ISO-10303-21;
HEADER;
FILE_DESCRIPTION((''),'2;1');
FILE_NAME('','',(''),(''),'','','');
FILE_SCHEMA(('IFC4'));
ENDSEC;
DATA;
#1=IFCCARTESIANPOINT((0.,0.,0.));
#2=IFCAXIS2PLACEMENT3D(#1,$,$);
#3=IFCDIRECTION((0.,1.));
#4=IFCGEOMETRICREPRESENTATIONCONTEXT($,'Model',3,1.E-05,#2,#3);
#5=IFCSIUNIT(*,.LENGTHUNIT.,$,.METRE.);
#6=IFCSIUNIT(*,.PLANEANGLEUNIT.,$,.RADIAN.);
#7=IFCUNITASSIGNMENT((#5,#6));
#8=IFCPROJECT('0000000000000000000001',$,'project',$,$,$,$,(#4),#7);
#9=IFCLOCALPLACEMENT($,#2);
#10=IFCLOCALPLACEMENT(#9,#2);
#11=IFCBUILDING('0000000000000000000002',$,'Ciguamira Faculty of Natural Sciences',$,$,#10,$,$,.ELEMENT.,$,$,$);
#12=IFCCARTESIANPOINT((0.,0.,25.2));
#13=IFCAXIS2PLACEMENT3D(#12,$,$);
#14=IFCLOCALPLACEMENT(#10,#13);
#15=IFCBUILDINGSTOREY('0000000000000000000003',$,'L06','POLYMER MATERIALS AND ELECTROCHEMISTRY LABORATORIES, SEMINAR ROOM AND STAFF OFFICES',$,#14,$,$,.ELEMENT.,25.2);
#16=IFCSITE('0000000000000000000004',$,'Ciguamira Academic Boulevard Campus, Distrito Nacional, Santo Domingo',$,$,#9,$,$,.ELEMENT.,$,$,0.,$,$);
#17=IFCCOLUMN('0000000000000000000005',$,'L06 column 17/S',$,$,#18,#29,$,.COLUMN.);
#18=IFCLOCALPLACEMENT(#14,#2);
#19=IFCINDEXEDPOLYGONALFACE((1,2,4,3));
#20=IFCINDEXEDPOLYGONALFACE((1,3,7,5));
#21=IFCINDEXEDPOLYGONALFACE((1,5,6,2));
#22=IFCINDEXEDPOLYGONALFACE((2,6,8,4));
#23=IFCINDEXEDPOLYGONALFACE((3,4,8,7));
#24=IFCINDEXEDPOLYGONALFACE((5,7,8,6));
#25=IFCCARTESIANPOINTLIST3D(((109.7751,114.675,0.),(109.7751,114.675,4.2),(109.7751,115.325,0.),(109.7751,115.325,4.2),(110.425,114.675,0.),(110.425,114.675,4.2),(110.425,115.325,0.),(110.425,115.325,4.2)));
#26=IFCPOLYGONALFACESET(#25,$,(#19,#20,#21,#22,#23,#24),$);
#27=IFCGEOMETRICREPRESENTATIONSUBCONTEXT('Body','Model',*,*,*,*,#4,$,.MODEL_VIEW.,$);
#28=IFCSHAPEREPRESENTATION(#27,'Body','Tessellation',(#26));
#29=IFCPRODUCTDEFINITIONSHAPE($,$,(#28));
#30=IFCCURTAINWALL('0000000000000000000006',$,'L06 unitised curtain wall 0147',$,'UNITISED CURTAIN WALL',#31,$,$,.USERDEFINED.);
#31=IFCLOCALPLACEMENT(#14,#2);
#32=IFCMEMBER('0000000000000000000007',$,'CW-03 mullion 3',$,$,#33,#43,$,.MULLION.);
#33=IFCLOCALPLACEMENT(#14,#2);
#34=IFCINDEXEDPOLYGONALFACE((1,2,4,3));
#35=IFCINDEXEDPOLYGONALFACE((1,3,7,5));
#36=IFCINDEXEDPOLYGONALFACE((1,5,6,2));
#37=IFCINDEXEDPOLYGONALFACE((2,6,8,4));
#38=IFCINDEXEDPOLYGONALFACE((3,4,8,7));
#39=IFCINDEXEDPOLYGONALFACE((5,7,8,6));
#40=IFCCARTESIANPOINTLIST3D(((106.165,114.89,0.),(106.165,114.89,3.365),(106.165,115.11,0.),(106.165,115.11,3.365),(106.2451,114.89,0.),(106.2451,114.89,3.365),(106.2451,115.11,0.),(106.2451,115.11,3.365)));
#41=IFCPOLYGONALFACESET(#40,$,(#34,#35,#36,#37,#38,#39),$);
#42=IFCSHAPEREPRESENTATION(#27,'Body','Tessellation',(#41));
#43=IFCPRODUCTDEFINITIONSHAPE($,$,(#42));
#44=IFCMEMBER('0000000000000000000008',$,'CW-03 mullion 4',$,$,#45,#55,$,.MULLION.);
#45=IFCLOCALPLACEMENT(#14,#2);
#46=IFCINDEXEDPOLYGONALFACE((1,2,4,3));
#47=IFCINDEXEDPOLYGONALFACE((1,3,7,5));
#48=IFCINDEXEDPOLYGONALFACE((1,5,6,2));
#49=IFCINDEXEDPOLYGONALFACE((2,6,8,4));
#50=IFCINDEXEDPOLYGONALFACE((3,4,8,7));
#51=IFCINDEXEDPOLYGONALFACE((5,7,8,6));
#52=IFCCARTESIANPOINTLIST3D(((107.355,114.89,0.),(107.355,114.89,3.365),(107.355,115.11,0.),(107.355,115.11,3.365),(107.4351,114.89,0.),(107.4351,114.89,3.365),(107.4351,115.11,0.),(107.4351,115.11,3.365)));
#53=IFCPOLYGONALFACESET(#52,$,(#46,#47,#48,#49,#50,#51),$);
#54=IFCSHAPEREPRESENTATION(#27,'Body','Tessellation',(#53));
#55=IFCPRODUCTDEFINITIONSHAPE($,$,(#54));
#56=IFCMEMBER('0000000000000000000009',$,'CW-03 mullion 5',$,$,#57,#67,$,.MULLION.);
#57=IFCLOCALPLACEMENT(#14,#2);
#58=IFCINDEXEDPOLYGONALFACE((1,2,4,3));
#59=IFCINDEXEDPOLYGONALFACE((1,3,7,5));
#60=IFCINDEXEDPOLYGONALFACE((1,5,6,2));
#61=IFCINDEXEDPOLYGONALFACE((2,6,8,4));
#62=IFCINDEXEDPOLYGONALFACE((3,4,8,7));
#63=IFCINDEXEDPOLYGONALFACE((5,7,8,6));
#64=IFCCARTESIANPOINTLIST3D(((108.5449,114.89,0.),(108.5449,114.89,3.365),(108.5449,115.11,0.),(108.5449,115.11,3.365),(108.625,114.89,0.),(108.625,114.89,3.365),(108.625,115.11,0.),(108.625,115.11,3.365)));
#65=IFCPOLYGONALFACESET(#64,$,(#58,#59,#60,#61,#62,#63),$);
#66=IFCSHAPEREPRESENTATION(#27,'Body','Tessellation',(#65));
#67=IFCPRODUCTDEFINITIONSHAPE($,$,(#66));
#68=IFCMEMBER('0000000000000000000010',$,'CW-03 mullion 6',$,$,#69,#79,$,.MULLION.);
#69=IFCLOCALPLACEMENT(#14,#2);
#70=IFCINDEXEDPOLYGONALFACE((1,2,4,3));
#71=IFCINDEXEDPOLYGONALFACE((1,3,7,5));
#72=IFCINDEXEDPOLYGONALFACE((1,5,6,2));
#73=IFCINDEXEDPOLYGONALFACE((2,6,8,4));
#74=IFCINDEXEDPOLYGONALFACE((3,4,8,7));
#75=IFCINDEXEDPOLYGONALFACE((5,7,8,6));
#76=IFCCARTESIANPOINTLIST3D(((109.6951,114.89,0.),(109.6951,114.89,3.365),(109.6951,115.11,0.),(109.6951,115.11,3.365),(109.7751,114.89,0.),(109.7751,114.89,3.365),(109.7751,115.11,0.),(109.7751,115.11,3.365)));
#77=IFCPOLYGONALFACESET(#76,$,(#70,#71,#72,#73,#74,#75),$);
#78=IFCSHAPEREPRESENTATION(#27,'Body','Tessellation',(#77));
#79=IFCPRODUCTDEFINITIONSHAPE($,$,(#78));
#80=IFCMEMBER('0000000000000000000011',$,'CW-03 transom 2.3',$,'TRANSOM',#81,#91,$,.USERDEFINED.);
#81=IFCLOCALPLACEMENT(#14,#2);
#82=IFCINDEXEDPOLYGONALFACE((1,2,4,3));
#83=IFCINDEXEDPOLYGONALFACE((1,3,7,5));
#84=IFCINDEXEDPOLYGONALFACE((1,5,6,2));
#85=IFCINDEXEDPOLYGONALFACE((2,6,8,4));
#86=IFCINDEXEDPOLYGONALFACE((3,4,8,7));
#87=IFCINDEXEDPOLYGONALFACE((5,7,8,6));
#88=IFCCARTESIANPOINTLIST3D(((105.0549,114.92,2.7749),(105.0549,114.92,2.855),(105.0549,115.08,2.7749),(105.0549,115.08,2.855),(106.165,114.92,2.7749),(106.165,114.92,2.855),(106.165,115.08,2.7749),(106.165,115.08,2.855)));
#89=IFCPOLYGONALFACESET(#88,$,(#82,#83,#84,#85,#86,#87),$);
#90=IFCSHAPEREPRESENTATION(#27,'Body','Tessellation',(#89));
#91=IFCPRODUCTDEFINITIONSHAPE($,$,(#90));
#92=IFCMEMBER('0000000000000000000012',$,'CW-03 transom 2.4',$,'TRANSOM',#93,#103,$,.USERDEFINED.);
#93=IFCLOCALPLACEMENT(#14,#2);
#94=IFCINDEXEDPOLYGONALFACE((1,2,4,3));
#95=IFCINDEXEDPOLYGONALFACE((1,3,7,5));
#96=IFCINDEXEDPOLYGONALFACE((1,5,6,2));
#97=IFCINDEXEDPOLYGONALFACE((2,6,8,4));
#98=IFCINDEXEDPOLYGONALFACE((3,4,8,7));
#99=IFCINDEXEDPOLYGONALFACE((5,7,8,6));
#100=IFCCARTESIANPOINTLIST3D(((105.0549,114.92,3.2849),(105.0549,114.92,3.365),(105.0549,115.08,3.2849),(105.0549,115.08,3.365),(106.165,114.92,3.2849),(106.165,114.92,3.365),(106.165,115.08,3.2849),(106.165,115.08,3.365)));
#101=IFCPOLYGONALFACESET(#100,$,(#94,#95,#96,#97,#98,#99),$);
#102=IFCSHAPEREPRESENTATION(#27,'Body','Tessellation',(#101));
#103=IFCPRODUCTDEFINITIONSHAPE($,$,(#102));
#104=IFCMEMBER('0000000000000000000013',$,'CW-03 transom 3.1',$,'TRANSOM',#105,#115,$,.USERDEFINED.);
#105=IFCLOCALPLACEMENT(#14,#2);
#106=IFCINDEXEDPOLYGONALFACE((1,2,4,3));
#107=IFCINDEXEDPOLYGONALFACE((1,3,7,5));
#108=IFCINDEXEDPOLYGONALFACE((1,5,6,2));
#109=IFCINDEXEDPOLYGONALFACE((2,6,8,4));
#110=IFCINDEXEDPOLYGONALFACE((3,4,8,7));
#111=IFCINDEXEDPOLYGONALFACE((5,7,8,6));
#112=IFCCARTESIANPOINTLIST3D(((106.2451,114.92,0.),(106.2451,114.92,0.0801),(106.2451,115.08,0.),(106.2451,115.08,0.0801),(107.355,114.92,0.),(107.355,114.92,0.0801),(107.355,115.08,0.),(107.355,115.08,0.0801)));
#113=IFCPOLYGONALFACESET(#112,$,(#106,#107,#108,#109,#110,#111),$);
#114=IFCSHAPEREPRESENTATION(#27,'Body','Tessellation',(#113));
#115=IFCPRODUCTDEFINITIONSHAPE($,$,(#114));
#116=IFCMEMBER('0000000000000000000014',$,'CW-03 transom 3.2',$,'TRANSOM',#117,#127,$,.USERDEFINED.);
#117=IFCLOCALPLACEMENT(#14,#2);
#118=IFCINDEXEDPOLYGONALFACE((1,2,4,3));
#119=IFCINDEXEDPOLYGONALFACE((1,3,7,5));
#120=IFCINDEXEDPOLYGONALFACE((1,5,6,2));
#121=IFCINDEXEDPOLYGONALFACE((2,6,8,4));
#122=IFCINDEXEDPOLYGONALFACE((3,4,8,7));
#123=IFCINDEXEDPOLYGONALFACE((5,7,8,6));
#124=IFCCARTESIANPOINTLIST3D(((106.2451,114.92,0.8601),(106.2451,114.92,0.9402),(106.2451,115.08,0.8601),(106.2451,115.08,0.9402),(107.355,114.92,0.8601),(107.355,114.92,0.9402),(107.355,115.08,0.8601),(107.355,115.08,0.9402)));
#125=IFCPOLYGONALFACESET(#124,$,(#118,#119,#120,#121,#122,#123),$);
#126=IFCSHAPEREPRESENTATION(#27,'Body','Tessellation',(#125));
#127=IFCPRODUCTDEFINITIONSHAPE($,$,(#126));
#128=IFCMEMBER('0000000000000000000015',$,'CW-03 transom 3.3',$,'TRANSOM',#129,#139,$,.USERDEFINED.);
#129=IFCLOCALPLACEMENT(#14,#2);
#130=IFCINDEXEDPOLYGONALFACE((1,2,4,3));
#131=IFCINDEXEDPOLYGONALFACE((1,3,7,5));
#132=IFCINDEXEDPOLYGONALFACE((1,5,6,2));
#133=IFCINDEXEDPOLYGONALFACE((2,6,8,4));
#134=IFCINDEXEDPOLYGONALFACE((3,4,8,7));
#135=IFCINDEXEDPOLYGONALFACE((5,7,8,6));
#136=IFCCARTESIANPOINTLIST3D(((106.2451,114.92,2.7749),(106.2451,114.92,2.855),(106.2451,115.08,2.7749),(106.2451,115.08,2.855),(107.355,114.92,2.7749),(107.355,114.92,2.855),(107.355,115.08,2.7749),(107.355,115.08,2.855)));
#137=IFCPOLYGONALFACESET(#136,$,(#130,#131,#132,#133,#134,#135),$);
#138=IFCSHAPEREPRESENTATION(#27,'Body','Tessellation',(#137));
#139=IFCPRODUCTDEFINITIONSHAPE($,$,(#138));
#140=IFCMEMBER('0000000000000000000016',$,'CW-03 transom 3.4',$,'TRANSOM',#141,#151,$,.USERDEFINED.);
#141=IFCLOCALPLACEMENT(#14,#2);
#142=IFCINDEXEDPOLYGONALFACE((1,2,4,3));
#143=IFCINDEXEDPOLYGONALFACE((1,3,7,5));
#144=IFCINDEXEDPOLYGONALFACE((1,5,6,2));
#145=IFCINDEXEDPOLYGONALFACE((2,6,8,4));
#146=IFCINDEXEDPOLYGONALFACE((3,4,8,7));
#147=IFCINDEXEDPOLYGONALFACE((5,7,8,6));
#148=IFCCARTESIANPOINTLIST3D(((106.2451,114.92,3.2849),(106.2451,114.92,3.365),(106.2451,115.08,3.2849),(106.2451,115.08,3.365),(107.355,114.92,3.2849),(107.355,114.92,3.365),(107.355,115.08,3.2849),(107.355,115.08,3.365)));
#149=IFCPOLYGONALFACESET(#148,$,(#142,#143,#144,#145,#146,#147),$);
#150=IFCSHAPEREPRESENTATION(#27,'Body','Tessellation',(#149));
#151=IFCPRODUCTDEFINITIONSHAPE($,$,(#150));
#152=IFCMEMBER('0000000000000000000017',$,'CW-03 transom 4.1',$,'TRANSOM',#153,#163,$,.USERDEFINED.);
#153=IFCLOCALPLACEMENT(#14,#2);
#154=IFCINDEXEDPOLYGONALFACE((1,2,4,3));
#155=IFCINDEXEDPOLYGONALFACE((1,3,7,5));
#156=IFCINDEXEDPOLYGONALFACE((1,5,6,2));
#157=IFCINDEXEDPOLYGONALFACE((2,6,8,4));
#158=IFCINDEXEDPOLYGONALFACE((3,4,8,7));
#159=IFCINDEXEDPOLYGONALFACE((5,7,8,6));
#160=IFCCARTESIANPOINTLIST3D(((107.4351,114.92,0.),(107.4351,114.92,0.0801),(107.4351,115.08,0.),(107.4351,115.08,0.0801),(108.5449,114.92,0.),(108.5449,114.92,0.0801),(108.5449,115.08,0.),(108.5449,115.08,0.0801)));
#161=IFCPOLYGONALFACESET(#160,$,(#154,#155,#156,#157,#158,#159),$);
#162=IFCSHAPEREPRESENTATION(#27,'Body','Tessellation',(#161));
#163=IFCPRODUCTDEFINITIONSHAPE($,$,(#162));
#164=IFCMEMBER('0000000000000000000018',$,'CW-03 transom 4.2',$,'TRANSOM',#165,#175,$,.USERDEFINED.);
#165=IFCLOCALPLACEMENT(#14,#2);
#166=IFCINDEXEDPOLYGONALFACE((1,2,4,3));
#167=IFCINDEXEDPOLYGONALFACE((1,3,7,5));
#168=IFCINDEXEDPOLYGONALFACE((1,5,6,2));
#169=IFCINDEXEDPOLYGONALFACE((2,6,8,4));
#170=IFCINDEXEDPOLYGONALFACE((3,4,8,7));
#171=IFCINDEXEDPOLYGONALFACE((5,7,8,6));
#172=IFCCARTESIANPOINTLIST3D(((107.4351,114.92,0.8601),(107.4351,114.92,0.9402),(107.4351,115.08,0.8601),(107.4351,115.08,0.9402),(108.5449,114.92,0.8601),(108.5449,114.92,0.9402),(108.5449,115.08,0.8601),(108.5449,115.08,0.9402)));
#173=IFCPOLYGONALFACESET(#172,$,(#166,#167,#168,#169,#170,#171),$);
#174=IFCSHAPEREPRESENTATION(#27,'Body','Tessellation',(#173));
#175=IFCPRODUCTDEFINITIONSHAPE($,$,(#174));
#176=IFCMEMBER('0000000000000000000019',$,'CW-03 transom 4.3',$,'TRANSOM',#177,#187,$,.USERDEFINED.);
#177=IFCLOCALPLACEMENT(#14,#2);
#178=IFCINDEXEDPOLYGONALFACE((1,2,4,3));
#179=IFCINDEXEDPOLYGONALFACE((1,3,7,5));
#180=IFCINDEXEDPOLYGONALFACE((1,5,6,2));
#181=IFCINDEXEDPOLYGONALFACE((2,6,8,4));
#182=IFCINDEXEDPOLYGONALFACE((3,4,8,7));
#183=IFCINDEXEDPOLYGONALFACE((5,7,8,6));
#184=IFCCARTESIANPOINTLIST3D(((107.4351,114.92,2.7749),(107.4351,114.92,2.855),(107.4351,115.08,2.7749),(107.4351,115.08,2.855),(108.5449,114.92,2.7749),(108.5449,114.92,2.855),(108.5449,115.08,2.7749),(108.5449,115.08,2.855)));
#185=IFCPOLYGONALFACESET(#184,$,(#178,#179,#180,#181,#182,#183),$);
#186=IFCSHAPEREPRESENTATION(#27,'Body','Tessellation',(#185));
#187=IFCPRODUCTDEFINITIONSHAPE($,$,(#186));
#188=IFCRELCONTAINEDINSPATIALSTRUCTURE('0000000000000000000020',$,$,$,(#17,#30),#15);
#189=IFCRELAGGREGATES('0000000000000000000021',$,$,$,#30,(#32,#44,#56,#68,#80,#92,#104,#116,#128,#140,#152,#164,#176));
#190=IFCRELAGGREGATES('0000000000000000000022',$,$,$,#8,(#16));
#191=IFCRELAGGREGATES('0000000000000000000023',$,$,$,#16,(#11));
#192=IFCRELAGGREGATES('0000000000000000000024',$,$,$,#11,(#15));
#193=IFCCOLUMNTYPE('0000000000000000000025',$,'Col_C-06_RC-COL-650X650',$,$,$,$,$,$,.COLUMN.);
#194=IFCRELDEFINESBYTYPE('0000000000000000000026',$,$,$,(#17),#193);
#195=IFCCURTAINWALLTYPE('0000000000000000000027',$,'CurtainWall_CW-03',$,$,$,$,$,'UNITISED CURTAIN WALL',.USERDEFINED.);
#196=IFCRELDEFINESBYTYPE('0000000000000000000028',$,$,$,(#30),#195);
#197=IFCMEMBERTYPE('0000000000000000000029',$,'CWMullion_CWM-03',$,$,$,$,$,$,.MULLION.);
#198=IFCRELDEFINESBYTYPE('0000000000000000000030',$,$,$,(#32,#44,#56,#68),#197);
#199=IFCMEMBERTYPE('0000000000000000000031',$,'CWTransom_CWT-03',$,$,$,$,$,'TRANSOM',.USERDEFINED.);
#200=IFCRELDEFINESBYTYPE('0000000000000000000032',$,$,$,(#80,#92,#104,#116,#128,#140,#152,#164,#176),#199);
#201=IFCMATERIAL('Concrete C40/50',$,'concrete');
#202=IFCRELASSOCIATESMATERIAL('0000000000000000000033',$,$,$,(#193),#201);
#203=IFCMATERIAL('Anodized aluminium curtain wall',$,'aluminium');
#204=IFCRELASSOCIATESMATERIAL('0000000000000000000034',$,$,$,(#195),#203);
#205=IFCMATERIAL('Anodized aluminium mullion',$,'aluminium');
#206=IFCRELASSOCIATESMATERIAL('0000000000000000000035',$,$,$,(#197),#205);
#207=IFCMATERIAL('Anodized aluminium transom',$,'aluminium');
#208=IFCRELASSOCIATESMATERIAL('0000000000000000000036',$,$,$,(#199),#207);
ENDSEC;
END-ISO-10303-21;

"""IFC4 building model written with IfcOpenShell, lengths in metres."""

from ifc_helpers import new_model, si_unit, direction, frame, origin, origin_2d, place, context, subcontext, project, spatial, rectangle, extrude, material, material_profile, profile_set, type_object, element, aggregate, save


model = new_model("IFC4")

# Units and contexts
model_context = context("Model", 3, precision=1e-05, world=origin(), true_north=direction((0.0, 1.0)))
body_context = subcontext(model_context, "Body", "Model", "MODEL_VIEW")
ifc_project = project(units=[si_unit("LENGTHUNIT", "METRE"), si_unit("PLANEANGLEUNIT", "RADIAN")], contexts=[model_context])

# Site, building, storey
site_placement = place(None, origin())
site = spatial("IfcSite", under=ifc_project, at=site_placement, Name="Ciguamira Academic Boulevard Campus, Distrito Nacional, Santo Domingo", CompositionType="ELEMENT", RefElevation=0.0)
building_placement = place(site_placement, origin())
building = spatial("IfcBuilding", under=site, at=building_placement, Name="Ciguamira Faculty of Natural Sciences", CompositionType="ELEMENT")
storey_placement = place(building_placement, frame((0.0, 0.0, 25.2)))
storey = spatial("IfcBuildingStorey", under=building, at=storey_placement, Name="L06", Description="POLYMER MATERIALS AND ELECTROCHEMISTRY LABORATORIES, SEMINAR ROOM AND STAFF OFFICES", CompositionType="ELEMENT", Elevation=25.2)

# Column
ifc_material_1 = material(Name="Concrete C40/50", Category="concrete")
ifc_material_profile_1 = material_profile(ifc_material_1, rectangle(XDim=0.6499, YDim=0.6499, at=origin_2d()), Name="RC-COL-650X650")
ifc_profile_set_1 = profile_set([ifc_material_profile_1], Name="Concrete C40/50")
column_type = type_object("IfcColumnType", Name="Col_C-06_RC-COL-650X650", PredefinedType="COLUMN", material=ifc_profile_set_1)
column_placement = place(storey_placement, frame((110.1001, 115.0, 0.0), z_axis=(0.0, 0.0, 1.0), x_axis=(1.0, 0.0, 0.0)))
element("IfcColumn", 1, at=column_placement, inside=storey, type_object=column_type, Name="L06 column 17/S", PredefinedType="COLUMN", context=body_context, shape_type="SweptSolid", body=[
    extrude(rectangle(XDim=0.6499, YDim=0.6499, at=origin_2d()), origin(), (0.0, 0.0, 1.0), 4.2),
])

# Curtain wall, members
ifc_material_2 = material(Name="Anodized aluminium curtain wall", Category="aluminium")
curtain_wall_type = type_object("IfcCurtainWallType", Name="CurtainWall_CW-03", ElementType="UNITISED CURTAIN WALL", PredefinedType="USERDEFINED", material=ifc_material_2)
curtain_wall_placement = place(storey_placement, origin())
curtain_wall = element("IfcCurtainWall", 2, at=curtain_wall_placement, inside=storey, type_object=curtain_wall_type, Name="L06 unitised curtain wall 0147", ObjectType="UNITISED CURTAIN WALL", PredefinedType="USERDEFINED")
ifc_material_3 = material(Name="Anodized aluminium mullion", Category="aluminium")
ifc_material_profile_2 = material_profile(ifc_material_3, rectangle(XDim=0.0801, YDim=0.22, at=origin_2d()), Name="ALU-MUL-80X220")
ifc_profile_set_2 = profile_set([ifc_material_profile_2], Name="Anodized aluminium mullion")
member_type_1 = type_object("IfcMemberType", Name="CWMullion_CWM-03", PredefinedType="MULLION", material=ifc_profile_set_2)
member_1_placement = place(storey_placement, frame((106.2051, 115.0, 0.0), z_axis=(0.0, 0.0, 1.0), x_axis=(1.0, 0.0, 0.0)))
member_1 = element("IfcMember", 3, at=member_1_placement, type_object=member_type_1, Name="CW-03 mullion 3", PredefinedType="MULLION", context=body_context, shape_type="SweptSolid", body=[
    extrude(rectangle(XDim=0.0801, YDim=0.22, at=origin_2d()), origin(), (0.0, 0.0, 1.0), 3.365),
])
member_2_placement = place(storey_placement, frame((107.395, 115.0, 0.0), z_axis=(0.0, 0.0, 1.0), x_axis=(1.0, 0.0, 0.0)))
member_2 = element("IfcMember", 4, at=member_2_placement, type_object=member_type_1, Name="CW-03 mullion 4", PredefinedType="MULLION", context=body_context, shape_type="SweptSolid", body=[
    extrude(rectangle(XDim=0.0801, YDim=0.22, at=origin_2d()), origin(), (0.0, 0.0, 1.0), 3.365),
])
member_3_placement = place(storey_placement, frame((108.585, 115.0, 0.0), z_axis=(0.0, 0.0, 1.0), x_axis=(1.0, 0.0, 0.0)))
member_3 = element("IfcMember", 5, at=member_3_placement, type_object=member_type_1, Name="CW-03 mullion 5", PredefinedType="MULLION", context=body_context, shape_type="SweptSolid", body=[
    extrude(rectangle(XDim=0.0801, YDim=0.22, at=origin_2d()), origin(), (0.0, 0.0, 1.0), 3.365),
])
member_4_placement = place(storey_placement, frame((109.7351, 115.0, 0.0), z_axis=(0.0, 0.0, 1.0), x_axis=(1.0, 0.0, 0.0)))
member_4 = element("IfcMember", 6, at=member_4_placement, type_object=member_type_1, Name="CW-03 mullion 6", PredefinedType="MULLION", context=body_context, shape_type="SweptSolid", body=[
    extrude(rectangle(XDim=0.0801, YDim=0.22, at=origin_2d()), origin(), (0.0, 0.0, 1.0), 3.365),
])
ifc_material_4 = material(Name="Anodized aluminium transom", Category="aluminium")
ifc_material_profile_3 = material_profile(ifc_material_4, rectangle(XDim=0.0801, YDim=0.1599, at=origin_2d()), Name="ALU-TRN-80X160")
ifc_profile_set_3 = profile_set([ifc_material_profile_3], Name="Anodized aluminium transom")
member_type_2 = type_object("IfcMemberType", Name="CWTransom_CWT-03", ElementType="TRANSOM", PredefinedType="USERDEFINED", material=ifc_profile_set_3)
member_5_placement = place(storey_placement, frame((105.0549, 115.0, 2.8149), z_axis=(1.0, 0.0, 0.0), x_axis=(0.0, 0.0, 1.0)))
member_5 = element("IfcMember", 7, at=member_5_placement, type_object=member_type_2, Name="CW-03 transom 2.3", ObjectType="TRANSOM", PredefinedType="USERDEFINED", context=body_context, shape_type="SweptSolid", body=[
    extrude(rectangle(XDim=0.0801, YDim=0.1599, at=origin_2d()), origin(), (0.0, 0.0, 1.0), 1.1101),
])
member_6_placement = place(storey_placement, frame((105.0549, 115.0, 3.325), z_axis=(1.0, 0.0, 0.0), x_axis=(0.0, 0.0, 1.0)))
member_6 = element("IfcMember", 8, at=member_6_placement, type_object=member_type_2, Name="CW-03 transom 2.4", ObjectType="TRANSOM", PredefinedType="USERDEFINED", context=body_context, shape_type="SweptSolid", body=[
    extrude(rectangle(XDim=0.0801, YDim=0.1599, at=origin_2d()), origin(), (0.0, 0.0, 1.0), 1.1101),
])
member_7_placement = place(storey_placement, frame((106.2451, 115.0, 0.04), z_axis=(1.0, 0.0, 0.0), x_axis=(0.0, 0.0, 1.0)))
member_7 = element("IfcMember", 9, at=member_7_placement, type_object=member_type_2, Name="CW-03 transom 3.1", ObjectType="TRANSOM", PredefinedType="USERDEFINED", context=body_context, shape_type="SweptSolid", body=[
    extrude(rectangle(XDim=0.0801, YDim=0.1599, at=origin_2d()), origin(), (0.0, 0.0, 1.0), 1.1099),
])
member_8_placement = place(storey_placement, frame((106.2451, 115.0, 0.9001), z_axis=(1.0, 0.0, 0.0), x_axis=(0.0, 0.0, 1.0)))
member_8 = element("IfcMember", 10, at=member_8_placement, type_object=member_type_2, Name="CW-03 transom 3.2", ObjectType="TRANSOM", PredefinedType="USERDEFINED", context=body_context, shape_type="SweptSolid", body=[
    extrude(rectangle(XDim=0.0801, YDim=0.1599, at=origin_2d()), origin(), (0.0, 0.0, 1.0), 1.1099),
])
member_9_placement = place(storey_placement, frame((106.2451, 115.0, 2.8149), z_axis=(1.0, 0.0, 0.0), x_axis=(0.0, 0.0, 1.0)))
member_9 = element("IfcMember", 11, at=member_9_placement, type_object=member_type_2, Name="CW-03 transom 3.3", ObjectType="TRANSOM", PredefinedType="USERDEFINED", context=body_context, shape_type="SweptSolid", body=[
    extrude(rectangle(XDim=0.0801, YDim=0.1599, at=origin_2d()), origin(), (0.0, 0.0, 1.0), 1.1099),
])
member_10_placement = place(storey_placement, frame((106.2451, 115.0, 3.325), z_axis=(1.0, 0.0, 0.0), x_axis=(0.0, 0.0, 1.0)))
member_10 = element("IfcMember", 12, at=member_10_placement, type_object=member_type_2, Name="CW-03 transom 3.4", ObjectType="TRANSOM", PredefinedType="USERDEFINED", context=body_context, shape_type="SweptSolid", body=[
    extrude(rectangle(XDim=0.0801, YDim=0.1599, at=origin_2d()), origin(), (0.0, 0.0, 1.0), 1.1099),
])
member_11_placement = place(storey_placement, frame((107.4351, 115.0, 0.04), z_axis=(1.0, 0.0, 0.0), x_axis=(0.0, 0.0, 1.0)))
member_11 = element("IfcMember", 13, at=member_11_placement, type_object=member_type_2, Name="CW-03 transom 4.1", ObjectType="TRANSOM", PredefinedType="USERDEFINED", context=body_context, shape_type="SweptSolid", body=[
    extrude(rectangle(XDim=0.0801, YDim=0.1599, at=origin_2d()), origin(), (0.0, 0.0, 1.0), 1.1099),
])
member_12_placement = place(storey_placement, frame((107.4351, 115.0, 0.9001), z_axis=(1.0, 0.0, 0.0), x_axis=(0.0, 0.0, 1.0)))
member_12 = element("IfcMember", 14, at=member_12_placement, type_object=member_type_2, Name="CW-03 transom 4.2", ObjectType="TRANSOM", PredefinedType="USERDEFINED", context=body_context, shape_type="SweptSolid", body=[
    extrude(rectangle(XDim=0.0801, YDim=0.1599, at=origin_2d()), origin(), (0.0, 0.0, 1.0), 1.1099),
])
member_13_placement = place(storey_placement, frame((107.4351, 115.0, 2.8149), z_axis=(1.0, 0.0, 0.0), x_axis=(0.0, 0.0, 1.0)))
member_13 = element("IfcMember", 15, at=member_13_placement, type_object=member_type_2, Name="CW-03 transom 4.3", ObjectType="TRANSOM", PredefinedType="USERDEFINED", context=body_context, shape_type="SweptSolid", body=[
    extrude(rectangle(XDim=0.0801, YDim=0.1599, at=origin_2d()), origin(), (0.0, 0.0, 1.0), 1.1099),
])
aggregate(curtain_wall, [member_1, member_2, member_3, member_4, member_5, member_6, member_7, member_8, member_9, member_10, member_11, member_12, member_13])

save(model, "model.ifc")
